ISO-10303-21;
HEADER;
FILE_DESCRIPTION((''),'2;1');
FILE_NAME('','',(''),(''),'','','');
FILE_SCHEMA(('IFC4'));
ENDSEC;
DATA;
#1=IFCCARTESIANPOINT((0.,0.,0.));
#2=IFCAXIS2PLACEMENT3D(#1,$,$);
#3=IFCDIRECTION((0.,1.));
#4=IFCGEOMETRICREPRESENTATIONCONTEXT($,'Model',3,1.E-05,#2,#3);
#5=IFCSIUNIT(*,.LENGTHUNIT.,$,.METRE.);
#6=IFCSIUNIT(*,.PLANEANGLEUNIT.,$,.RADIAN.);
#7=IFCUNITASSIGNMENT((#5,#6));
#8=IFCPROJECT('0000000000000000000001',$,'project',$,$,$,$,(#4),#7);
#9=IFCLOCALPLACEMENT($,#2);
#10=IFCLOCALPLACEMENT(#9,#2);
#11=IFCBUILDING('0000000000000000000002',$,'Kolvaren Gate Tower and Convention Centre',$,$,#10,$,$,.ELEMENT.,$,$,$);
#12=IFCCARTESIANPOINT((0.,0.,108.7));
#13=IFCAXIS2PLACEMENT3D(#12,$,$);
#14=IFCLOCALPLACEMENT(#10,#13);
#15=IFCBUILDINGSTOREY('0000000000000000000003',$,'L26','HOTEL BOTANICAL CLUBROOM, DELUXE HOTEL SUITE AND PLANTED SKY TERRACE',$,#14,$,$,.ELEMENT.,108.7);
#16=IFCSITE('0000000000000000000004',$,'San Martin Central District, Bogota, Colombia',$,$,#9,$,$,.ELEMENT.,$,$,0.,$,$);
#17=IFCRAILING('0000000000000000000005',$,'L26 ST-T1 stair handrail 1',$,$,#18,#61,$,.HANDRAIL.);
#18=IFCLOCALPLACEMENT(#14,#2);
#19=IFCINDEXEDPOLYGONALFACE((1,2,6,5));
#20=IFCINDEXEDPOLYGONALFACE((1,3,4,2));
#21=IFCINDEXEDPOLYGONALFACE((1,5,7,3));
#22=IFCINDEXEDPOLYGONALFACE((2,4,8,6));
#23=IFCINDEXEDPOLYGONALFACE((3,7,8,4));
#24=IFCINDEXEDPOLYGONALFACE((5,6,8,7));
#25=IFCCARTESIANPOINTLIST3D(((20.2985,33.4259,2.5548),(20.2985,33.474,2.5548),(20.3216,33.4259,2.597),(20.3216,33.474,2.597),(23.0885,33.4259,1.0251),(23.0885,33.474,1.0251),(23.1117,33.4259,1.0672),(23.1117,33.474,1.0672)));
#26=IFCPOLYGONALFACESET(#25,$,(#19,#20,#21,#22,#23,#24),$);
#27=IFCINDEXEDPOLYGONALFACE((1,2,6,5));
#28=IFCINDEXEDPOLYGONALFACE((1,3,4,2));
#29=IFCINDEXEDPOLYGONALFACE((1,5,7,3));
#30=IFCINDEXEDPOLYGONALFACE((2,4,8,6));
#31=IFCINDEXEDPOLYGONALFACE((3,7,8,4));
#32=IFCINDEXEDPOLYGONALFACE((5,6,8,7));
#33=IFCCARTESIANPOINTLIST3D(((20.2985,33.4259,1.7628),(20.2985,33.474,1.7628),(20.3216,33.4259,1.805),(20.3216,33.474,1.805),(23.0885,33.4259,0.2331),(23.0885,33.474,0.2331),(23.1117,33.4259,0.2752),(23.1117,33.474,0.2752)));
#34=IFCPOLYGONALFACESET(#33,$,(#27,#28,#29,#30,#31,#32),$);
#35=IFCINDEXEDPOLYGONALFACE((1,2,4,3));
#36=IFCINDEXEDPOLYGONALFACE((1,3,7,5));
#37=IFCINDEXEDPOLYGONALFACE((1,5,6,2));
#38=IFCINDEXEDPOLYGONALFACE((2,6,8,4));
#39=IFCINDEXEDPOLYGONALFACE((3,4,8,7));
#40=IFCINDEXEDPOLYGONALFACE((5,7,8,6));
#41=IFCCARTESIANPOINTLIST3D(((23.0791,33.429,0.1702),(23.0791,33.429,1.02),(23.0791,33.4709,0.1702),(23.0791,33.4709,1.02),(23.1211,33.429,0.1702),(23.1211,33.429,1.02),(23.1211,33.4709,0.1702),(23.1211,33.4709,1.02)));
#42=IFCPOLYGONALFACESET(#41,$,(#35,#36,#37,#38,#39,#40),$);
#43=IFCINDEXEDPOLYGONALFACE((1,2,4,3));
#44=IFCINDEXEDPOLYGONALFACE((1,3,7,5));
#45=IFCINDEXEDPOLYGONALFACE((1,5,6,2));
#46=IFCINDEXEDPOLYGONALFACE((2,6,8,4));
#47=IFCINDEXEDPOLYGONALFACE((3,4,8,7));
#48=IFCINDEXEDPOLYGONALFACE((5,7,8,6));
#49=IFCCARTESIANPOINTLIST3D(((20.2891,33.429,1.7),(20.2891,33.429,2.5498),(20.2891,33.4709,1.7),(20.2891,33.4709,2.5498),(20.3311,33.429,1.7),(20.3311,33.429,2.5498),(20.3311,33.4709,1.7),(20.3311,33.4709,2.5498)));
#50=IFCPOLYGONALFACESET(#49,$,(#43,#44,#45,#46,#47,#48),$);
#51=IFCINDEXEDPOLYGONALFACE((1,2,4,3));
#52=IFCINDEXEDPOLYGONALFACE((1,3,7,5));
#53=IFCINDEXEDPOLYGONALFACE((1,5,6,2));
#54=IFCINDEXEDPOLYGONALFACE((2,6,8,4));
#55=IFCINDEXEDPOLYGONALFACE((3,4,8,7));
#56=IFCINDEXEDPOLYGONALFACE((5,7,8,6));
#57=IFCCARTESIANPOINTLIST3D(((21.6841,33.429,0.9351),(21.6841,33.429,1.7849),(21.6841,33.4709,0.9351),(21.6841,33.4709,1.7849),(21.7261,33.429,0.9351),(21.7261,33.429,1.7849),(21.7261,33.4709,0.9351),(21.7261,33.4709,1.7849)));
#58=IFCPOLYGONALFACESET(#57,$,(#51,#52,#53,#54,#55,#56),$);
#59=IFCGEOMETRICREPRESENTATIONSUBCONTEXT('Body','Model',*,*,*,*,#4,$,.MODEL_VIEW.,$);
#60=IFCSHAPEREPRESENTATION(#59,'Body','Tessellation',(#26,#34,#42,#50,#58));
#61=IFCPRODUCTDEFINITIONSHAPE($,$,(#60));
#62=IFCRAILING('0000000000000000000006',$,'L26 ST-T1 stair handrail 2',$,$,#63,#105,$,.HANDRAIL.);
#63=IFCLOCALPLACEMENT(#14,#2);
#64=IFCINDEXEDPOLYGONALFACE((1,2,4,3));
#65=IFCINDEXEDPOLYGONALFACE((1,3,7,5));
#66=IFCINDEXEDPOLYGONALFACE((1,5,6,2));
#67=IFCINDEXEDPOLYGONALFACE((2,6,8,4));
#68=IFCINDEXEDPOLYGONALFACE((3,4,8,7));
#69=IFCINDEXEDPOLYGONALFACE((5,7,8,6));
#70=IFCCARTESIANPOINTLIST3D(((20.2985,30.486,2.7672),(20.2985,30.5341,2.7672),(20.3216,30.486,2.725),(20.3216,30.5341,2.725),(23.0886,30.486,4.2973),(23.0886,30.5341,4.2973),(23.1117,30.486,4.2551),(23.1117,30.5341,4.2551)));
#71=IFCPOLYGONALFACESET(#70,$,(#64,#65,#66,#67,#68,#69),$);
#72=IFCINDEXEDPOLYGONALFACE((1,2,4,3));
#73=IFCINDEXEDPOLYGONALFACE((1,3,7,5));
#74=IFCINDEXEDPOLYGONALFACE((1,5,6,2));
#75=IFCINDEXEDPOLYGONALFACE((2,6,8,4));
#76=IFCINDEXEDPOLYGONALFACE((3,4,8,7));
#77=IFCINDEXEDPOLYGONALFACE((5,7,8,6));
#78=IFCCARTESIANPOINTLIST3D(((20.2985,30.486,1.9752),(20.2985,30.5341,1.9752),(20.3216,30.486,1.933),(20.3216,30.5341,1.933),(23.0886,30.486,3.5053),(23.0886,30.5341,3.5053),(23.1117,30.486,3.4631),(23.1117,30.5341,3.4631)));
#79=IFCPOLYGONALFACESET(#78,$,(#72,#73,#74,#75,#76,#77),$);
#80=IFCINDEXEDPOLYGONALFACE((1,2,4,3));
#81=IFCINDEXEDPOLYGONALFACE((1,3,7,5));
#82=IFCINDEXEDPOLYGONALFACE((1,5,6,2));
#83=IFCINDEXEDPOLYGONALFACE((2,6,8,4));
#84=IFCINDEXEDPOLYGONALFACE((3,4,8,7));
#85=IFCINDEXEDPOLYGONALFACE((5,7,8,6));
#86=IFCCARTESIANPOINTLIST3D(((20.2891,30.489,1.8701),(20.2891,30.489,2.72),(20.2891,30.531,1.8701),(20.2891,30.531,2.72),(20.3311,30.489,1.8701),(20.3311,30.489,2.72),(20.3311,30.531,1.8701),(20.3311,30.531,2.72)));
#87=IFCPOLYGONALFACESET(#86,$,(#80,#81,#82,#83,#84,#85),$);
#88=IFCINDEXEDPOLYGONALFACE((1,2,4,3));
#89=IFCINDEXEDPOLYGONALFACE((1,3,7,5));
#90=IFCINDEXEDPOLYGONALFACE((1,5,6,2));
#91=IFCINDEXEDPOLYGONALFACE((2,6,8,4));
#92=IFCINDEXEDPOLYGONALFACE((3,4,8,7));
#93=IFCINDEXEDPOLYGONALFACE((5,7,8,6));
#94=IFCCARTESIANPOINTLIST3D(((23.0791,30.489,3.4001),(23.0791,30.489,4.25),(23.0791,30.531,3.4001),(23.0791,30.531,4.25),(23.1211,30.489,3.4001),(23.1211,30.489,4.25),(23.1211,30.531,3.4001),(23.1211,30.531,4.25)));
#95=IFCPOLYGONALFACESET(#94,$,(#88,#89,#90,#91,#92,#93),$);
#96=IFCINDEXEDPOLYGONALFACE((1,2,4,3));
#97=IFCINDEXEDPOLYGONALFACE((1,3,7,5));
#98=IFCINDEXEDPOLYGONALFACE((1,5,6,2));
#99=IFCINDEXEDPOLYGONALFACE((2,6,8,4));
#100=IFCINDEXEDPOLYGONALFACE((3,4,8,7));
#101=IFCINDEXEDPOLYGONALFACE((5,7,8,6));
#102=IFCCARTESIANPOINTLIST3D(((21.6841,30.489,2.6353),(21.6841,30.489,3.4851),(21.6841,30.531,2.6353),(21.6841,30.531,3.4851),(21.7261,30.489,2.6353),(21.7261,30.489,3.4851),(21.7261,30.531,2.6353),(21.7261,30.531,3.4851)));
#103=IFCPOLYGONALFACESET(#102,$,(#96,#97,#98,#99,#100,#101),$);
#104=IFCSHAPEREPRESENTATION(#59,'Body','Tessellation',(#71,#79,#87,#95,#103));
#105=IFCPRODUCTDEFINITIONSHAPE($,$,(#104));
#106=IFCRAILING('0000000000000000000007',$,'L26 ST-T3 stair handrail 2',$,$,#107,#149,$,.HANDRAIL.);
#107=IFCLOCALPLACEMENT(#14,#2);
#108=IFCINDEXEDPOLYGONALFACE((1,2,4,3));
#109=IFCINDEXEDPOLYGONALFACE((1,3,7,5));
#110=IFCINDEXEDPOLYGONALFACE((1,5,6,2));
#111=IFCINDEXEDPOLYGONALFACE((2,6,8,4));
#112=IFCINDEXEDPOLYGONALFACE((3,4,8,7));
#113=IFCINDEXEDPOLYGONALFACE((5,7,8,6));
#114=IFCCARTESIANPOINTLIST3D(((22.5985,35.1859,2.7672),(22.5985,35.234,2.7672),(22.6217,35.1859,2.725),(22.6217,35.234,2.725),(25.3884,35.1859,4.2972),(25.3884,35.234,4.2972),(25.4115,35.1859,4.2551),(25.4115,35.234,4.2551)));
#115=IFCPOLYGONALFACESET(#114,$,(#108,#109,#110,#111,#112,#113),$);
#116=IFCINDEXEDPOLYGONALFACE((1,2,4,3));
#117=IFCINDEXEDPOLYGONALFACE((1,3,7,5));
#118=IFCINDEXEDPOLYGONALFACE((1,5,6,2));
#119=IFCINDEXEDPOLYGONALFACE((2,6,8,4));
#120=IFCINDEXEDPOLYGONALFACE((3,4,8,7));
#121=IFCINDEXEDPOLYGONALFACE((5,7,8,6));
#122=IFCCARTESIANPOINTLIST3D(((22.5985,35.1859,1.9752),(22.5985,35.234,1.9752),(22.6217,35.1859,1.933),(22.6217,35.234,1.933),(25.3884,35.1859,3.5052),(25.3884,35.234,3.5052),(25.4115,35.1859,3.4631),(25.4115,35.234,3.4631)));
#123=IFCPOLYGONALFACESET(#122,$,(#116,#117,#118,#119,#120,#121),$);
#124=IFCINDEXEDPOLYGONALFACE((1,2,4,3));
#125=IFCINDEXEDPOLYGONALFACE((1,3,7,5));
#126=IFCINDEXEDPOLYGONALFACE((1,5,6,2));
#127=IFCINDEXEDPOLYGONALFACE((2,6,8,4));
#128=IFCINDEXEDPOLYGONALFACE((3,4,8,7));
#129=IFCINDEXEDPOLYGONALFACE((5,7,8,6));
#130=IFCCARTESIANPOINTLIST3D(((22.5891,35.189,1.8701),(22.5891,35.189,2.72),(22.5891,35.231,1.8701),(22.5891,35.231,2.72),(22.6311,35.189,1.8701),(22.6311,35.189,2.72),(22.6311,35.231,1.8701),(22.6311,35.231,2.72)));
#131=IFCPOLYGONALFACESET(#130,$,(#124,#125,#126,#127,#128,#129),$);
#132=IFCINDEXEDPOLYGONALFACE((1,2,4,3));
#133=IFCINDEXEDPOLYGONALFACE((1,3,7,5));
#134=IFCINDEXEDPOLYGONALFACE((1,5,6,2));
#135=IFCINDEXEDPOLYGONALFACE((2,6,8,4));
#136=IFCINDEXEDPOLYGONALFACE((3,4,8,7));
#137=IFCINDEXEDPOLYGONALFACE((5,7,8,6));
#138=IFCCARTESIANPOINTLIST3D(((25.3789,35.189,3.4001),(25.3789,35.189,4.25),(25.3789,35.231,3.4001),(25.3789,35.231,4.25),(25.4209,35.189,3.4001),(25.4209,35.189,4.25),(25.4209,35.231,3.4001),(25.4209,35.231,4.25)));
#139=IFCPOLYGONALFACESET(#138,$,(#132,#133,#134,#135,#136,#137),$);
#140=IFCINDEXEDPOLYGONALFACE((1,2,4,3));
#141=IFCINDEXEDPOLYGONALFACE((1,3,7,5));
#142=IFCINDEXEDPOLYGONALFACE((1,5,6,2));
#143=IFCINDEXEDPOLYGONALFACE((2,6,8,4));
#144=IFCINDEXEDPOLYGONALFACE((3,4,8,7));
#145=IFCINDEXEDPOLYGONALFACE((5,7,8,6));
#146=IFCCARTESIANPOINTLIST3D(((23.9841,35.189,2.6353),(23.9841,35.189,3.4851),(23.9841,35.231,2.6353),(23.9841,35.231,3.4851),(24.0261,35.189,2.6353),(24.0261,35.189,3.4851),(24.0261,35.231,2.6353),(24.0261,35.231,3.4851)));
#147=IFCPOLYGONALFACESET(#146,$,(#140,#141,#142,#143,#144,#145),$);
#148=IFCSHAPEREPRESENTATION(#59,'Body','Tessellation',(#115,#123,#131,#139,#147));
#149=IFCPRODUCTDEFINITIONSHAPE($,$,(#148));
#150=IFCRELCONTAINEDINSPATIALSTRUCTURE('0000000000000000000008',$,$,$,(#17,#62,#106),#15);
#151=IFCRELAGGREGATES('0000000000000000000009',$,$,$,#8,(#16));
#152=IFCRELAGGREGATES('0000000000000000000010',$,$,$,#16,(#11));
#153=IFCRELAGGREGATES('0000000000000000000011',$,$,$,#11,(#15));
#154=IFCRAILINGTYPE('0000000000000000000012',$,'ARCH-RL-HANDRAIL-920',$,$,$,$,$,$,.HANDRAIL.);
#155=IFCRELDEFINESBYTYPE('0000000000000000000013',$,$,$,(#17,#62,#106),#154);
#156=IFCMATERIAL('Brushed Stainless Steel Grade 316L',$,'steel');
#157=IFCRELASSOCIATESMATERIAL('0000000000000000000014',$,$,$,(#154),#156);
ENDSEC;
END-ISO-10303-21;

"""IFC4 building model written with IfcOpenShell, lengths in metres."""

from ifc_helpers import new_model, si_unit, direction, frame, origin, origin_2d, place, context, subcontext, project, spatial, rectangle, extrude, material, type_object, element, save


model = new_model("IFC4")

# Units and contexts
model_context = context("Model", 3, precision=1e-05, world=origin(), true_north=direction((0.0, 1.0)))
body_context = subcontext(model_context, "Body", "Model", "MODEL_VIEW")
ifc_project = project(units=[si_unit("LENGTHUNIT", "METRE"), si_unit("PLANEANGLEUNIT", "RADIAN")], contexts=[model_context])

# Site, building, storey
site_placement = place(None, origin())
site = spatial("IfcSite", under=ifc_project, at=site_placement, Name="San Martin Central District, Bogota, Colombia", CompositionType="ELEMENT", RefElevation=0.0)
building_placement = place(site_placement, origin())
building = spatial("IfcBuilding", under=site, at=building_placement, Name="Kolvaren Gate Tower and Convention Centre", CompositionType="ELEMENT")
storey_placement = place(building_placement, frame((0.0, 0.0, 108.7)))
storey = spatial("IfcBuildingStorey", under=building, at=storey_placement, Name="L26", Description="HOTEL BOTANICAL CLUBROOM, DELUXE HOTEL SUITE AND PLANTED SKY TERRACE", CompositionType="ELEMENT", Elevation=108.7)

# Railings
ifc_material_1 = material(Name="Brushed Stainless Steel Grade 316L", Category="steel")
railing_type_1 = type_object("IfcRailingType", Name="ARCH-RL-HANDRAIL-920", PredefinedType="HANDRAIL", material=ifc_material_1)
railing_1_placement = place(storey_placement, frame((23.1001, 33.45, 0.1702)))
element("IfcRailing", 1, at=railing_1_placement, inside=storey, type_object=railing_type_1, Name="L26 ST-T1 stair handrail 1", PredefinedType="HANDRAIL", context=body_context, shape_type="SweptSolid", body=[
    extrude(rectangle(XDim=0.0481, YDim=0.0481, at=origin_2d()), frame((0.0, 0.0, 0.876), z_axis=(-0.876844, 0.0, 0.480776), x_axis=(0.0, -1.0, 0.0)), (0.0, 0.0, 1.0), 3.1819),
    extrude(rectangle(XDim=0.0481, YDim=0.0481, at=origin_2d()), frame((0.0, 0.0, 0.084), z_axis=(-0.876844, 0.0, 0.480776), x_axis=(0.0, -1.0, 0.0)), (0.0, 0.0, 1.0), 3.1819),
    extrude(rectangle(XDim=0.042, YDim=0.042, at=origin_2d()), origin(), (0.0, 0.0, 1.0), 0.8499),
    extrude(rectangle(XDim=0.042, YDim=0.042, at=origin_2d()), frame((-2.79, 0.0, 1.5298)), (0.0, 0.0, 1.0), 0.8499),
    extrude(rectangle(XDim=0.042, YDim=0.042, at=origin_2d()), frame((-1.395, 0.0, 0.7649)), (0.0, 0.0, 1.0), 0.8499),
])
railing_2_placement = place(storey_placement, frame((20.3101, 30.51, 1.8701)))
element("IfcRailing", 2, at=railing_2_placement, inside=storey, type_object=railing_type_1, Name="L26 ST-T1 stair handrail 2", PredefinedType="HANDRAIL", context=body_context, shape_type="SweptSolid", body=[
    extrude(rectangle(XDim=0.0481, YDim=0.0481, at=origin_2d()), frame((0.0, 0.0, 0.876), z_axis=(0.876811, 0.0, 0.480835), x_axis=(0.0, 1.0, 0.0)), (0.0, 0.0, 1.0), 3.1821),
    extrude(rectangle(XDim=0.0481, YDim=0.0481, at=origin_2d()), frame((0.0, 0.0, 0.084), z_axis=(0.876811, 0.0, 0.480835), x_axis=(0.0, 1.0, 0.0)), (0.0, 0.0, 1.0), 3.1821),
    extrude(rectangle(XDim=0.042, YDim=0.042, at=origin_2d()), origin(), (0.0, 0.0, 1.0), 0.8499),
    extrude(rectangle(XDim=0.042, YDim=0.042, at=origin_2d()), frame((2.79, 0.0, 1.53)), (0.0, 0.0, 1.0), 0.8499),
    extrude(rectangle(XDim=0.042, YDim=0.042, at=origin_2d()), frame((1.395, 0.0, 0.7651)), (0.0, 0.0, 1.0), 0.8499),
])
railing_3_placement = place(storey_placement, frame((22.6101, 35.21, 1.8701)))
element("IfcRailing", 3, at=railing_3_placement, inside=storey, type_object=railing_type_1, Name="L26 ST-T3 stair handrail 2", PredefinedType="HANDRAIL", context=body_context, shape_type="SweptSolid", body=[
    extrude(rectangle(XDim=0.0481, YDim=0.0481, at=origin_2d()), frame((0.0, 0.0, 0.876), z_axis=(0.876794, 0.0, 0.480867), x_axis=(0.0, 1.0, 0.0)), (0.0, 0.0, 1.0), 3.1819),
    extrude(rectangle(XDim=0.0481, YDim=0.0481, at=origin_2d()), frame((0.0, 0.0, 0.084), z_axis=(0.876794, 0.0, 0.480867), x_axis=(0.0, 1.0, 0.0)), (0.0, 0.0, 1.0), 3.1819),
    extrude(rectangle(XDim=0.042, YDim=0.042, at=origin_2d()), origin(), (0.0, 0.0, 1.0), 0.8499),
    extrude(rectangle(XDim=0.042, YDim=0.042, at=origin_2d()), frame((2.7898, 0.0, 1.53)), (0.0, 0.0, 1.0), 0.8499),
    extrude(rectangle(XDim=0.042, YDim=0.042, at=origin_2d()), frame((1.395, 0.0, 0.7651)), (0.0, 0.0, 1.0), 0.8499),
])

save(model, "model.ifc")
